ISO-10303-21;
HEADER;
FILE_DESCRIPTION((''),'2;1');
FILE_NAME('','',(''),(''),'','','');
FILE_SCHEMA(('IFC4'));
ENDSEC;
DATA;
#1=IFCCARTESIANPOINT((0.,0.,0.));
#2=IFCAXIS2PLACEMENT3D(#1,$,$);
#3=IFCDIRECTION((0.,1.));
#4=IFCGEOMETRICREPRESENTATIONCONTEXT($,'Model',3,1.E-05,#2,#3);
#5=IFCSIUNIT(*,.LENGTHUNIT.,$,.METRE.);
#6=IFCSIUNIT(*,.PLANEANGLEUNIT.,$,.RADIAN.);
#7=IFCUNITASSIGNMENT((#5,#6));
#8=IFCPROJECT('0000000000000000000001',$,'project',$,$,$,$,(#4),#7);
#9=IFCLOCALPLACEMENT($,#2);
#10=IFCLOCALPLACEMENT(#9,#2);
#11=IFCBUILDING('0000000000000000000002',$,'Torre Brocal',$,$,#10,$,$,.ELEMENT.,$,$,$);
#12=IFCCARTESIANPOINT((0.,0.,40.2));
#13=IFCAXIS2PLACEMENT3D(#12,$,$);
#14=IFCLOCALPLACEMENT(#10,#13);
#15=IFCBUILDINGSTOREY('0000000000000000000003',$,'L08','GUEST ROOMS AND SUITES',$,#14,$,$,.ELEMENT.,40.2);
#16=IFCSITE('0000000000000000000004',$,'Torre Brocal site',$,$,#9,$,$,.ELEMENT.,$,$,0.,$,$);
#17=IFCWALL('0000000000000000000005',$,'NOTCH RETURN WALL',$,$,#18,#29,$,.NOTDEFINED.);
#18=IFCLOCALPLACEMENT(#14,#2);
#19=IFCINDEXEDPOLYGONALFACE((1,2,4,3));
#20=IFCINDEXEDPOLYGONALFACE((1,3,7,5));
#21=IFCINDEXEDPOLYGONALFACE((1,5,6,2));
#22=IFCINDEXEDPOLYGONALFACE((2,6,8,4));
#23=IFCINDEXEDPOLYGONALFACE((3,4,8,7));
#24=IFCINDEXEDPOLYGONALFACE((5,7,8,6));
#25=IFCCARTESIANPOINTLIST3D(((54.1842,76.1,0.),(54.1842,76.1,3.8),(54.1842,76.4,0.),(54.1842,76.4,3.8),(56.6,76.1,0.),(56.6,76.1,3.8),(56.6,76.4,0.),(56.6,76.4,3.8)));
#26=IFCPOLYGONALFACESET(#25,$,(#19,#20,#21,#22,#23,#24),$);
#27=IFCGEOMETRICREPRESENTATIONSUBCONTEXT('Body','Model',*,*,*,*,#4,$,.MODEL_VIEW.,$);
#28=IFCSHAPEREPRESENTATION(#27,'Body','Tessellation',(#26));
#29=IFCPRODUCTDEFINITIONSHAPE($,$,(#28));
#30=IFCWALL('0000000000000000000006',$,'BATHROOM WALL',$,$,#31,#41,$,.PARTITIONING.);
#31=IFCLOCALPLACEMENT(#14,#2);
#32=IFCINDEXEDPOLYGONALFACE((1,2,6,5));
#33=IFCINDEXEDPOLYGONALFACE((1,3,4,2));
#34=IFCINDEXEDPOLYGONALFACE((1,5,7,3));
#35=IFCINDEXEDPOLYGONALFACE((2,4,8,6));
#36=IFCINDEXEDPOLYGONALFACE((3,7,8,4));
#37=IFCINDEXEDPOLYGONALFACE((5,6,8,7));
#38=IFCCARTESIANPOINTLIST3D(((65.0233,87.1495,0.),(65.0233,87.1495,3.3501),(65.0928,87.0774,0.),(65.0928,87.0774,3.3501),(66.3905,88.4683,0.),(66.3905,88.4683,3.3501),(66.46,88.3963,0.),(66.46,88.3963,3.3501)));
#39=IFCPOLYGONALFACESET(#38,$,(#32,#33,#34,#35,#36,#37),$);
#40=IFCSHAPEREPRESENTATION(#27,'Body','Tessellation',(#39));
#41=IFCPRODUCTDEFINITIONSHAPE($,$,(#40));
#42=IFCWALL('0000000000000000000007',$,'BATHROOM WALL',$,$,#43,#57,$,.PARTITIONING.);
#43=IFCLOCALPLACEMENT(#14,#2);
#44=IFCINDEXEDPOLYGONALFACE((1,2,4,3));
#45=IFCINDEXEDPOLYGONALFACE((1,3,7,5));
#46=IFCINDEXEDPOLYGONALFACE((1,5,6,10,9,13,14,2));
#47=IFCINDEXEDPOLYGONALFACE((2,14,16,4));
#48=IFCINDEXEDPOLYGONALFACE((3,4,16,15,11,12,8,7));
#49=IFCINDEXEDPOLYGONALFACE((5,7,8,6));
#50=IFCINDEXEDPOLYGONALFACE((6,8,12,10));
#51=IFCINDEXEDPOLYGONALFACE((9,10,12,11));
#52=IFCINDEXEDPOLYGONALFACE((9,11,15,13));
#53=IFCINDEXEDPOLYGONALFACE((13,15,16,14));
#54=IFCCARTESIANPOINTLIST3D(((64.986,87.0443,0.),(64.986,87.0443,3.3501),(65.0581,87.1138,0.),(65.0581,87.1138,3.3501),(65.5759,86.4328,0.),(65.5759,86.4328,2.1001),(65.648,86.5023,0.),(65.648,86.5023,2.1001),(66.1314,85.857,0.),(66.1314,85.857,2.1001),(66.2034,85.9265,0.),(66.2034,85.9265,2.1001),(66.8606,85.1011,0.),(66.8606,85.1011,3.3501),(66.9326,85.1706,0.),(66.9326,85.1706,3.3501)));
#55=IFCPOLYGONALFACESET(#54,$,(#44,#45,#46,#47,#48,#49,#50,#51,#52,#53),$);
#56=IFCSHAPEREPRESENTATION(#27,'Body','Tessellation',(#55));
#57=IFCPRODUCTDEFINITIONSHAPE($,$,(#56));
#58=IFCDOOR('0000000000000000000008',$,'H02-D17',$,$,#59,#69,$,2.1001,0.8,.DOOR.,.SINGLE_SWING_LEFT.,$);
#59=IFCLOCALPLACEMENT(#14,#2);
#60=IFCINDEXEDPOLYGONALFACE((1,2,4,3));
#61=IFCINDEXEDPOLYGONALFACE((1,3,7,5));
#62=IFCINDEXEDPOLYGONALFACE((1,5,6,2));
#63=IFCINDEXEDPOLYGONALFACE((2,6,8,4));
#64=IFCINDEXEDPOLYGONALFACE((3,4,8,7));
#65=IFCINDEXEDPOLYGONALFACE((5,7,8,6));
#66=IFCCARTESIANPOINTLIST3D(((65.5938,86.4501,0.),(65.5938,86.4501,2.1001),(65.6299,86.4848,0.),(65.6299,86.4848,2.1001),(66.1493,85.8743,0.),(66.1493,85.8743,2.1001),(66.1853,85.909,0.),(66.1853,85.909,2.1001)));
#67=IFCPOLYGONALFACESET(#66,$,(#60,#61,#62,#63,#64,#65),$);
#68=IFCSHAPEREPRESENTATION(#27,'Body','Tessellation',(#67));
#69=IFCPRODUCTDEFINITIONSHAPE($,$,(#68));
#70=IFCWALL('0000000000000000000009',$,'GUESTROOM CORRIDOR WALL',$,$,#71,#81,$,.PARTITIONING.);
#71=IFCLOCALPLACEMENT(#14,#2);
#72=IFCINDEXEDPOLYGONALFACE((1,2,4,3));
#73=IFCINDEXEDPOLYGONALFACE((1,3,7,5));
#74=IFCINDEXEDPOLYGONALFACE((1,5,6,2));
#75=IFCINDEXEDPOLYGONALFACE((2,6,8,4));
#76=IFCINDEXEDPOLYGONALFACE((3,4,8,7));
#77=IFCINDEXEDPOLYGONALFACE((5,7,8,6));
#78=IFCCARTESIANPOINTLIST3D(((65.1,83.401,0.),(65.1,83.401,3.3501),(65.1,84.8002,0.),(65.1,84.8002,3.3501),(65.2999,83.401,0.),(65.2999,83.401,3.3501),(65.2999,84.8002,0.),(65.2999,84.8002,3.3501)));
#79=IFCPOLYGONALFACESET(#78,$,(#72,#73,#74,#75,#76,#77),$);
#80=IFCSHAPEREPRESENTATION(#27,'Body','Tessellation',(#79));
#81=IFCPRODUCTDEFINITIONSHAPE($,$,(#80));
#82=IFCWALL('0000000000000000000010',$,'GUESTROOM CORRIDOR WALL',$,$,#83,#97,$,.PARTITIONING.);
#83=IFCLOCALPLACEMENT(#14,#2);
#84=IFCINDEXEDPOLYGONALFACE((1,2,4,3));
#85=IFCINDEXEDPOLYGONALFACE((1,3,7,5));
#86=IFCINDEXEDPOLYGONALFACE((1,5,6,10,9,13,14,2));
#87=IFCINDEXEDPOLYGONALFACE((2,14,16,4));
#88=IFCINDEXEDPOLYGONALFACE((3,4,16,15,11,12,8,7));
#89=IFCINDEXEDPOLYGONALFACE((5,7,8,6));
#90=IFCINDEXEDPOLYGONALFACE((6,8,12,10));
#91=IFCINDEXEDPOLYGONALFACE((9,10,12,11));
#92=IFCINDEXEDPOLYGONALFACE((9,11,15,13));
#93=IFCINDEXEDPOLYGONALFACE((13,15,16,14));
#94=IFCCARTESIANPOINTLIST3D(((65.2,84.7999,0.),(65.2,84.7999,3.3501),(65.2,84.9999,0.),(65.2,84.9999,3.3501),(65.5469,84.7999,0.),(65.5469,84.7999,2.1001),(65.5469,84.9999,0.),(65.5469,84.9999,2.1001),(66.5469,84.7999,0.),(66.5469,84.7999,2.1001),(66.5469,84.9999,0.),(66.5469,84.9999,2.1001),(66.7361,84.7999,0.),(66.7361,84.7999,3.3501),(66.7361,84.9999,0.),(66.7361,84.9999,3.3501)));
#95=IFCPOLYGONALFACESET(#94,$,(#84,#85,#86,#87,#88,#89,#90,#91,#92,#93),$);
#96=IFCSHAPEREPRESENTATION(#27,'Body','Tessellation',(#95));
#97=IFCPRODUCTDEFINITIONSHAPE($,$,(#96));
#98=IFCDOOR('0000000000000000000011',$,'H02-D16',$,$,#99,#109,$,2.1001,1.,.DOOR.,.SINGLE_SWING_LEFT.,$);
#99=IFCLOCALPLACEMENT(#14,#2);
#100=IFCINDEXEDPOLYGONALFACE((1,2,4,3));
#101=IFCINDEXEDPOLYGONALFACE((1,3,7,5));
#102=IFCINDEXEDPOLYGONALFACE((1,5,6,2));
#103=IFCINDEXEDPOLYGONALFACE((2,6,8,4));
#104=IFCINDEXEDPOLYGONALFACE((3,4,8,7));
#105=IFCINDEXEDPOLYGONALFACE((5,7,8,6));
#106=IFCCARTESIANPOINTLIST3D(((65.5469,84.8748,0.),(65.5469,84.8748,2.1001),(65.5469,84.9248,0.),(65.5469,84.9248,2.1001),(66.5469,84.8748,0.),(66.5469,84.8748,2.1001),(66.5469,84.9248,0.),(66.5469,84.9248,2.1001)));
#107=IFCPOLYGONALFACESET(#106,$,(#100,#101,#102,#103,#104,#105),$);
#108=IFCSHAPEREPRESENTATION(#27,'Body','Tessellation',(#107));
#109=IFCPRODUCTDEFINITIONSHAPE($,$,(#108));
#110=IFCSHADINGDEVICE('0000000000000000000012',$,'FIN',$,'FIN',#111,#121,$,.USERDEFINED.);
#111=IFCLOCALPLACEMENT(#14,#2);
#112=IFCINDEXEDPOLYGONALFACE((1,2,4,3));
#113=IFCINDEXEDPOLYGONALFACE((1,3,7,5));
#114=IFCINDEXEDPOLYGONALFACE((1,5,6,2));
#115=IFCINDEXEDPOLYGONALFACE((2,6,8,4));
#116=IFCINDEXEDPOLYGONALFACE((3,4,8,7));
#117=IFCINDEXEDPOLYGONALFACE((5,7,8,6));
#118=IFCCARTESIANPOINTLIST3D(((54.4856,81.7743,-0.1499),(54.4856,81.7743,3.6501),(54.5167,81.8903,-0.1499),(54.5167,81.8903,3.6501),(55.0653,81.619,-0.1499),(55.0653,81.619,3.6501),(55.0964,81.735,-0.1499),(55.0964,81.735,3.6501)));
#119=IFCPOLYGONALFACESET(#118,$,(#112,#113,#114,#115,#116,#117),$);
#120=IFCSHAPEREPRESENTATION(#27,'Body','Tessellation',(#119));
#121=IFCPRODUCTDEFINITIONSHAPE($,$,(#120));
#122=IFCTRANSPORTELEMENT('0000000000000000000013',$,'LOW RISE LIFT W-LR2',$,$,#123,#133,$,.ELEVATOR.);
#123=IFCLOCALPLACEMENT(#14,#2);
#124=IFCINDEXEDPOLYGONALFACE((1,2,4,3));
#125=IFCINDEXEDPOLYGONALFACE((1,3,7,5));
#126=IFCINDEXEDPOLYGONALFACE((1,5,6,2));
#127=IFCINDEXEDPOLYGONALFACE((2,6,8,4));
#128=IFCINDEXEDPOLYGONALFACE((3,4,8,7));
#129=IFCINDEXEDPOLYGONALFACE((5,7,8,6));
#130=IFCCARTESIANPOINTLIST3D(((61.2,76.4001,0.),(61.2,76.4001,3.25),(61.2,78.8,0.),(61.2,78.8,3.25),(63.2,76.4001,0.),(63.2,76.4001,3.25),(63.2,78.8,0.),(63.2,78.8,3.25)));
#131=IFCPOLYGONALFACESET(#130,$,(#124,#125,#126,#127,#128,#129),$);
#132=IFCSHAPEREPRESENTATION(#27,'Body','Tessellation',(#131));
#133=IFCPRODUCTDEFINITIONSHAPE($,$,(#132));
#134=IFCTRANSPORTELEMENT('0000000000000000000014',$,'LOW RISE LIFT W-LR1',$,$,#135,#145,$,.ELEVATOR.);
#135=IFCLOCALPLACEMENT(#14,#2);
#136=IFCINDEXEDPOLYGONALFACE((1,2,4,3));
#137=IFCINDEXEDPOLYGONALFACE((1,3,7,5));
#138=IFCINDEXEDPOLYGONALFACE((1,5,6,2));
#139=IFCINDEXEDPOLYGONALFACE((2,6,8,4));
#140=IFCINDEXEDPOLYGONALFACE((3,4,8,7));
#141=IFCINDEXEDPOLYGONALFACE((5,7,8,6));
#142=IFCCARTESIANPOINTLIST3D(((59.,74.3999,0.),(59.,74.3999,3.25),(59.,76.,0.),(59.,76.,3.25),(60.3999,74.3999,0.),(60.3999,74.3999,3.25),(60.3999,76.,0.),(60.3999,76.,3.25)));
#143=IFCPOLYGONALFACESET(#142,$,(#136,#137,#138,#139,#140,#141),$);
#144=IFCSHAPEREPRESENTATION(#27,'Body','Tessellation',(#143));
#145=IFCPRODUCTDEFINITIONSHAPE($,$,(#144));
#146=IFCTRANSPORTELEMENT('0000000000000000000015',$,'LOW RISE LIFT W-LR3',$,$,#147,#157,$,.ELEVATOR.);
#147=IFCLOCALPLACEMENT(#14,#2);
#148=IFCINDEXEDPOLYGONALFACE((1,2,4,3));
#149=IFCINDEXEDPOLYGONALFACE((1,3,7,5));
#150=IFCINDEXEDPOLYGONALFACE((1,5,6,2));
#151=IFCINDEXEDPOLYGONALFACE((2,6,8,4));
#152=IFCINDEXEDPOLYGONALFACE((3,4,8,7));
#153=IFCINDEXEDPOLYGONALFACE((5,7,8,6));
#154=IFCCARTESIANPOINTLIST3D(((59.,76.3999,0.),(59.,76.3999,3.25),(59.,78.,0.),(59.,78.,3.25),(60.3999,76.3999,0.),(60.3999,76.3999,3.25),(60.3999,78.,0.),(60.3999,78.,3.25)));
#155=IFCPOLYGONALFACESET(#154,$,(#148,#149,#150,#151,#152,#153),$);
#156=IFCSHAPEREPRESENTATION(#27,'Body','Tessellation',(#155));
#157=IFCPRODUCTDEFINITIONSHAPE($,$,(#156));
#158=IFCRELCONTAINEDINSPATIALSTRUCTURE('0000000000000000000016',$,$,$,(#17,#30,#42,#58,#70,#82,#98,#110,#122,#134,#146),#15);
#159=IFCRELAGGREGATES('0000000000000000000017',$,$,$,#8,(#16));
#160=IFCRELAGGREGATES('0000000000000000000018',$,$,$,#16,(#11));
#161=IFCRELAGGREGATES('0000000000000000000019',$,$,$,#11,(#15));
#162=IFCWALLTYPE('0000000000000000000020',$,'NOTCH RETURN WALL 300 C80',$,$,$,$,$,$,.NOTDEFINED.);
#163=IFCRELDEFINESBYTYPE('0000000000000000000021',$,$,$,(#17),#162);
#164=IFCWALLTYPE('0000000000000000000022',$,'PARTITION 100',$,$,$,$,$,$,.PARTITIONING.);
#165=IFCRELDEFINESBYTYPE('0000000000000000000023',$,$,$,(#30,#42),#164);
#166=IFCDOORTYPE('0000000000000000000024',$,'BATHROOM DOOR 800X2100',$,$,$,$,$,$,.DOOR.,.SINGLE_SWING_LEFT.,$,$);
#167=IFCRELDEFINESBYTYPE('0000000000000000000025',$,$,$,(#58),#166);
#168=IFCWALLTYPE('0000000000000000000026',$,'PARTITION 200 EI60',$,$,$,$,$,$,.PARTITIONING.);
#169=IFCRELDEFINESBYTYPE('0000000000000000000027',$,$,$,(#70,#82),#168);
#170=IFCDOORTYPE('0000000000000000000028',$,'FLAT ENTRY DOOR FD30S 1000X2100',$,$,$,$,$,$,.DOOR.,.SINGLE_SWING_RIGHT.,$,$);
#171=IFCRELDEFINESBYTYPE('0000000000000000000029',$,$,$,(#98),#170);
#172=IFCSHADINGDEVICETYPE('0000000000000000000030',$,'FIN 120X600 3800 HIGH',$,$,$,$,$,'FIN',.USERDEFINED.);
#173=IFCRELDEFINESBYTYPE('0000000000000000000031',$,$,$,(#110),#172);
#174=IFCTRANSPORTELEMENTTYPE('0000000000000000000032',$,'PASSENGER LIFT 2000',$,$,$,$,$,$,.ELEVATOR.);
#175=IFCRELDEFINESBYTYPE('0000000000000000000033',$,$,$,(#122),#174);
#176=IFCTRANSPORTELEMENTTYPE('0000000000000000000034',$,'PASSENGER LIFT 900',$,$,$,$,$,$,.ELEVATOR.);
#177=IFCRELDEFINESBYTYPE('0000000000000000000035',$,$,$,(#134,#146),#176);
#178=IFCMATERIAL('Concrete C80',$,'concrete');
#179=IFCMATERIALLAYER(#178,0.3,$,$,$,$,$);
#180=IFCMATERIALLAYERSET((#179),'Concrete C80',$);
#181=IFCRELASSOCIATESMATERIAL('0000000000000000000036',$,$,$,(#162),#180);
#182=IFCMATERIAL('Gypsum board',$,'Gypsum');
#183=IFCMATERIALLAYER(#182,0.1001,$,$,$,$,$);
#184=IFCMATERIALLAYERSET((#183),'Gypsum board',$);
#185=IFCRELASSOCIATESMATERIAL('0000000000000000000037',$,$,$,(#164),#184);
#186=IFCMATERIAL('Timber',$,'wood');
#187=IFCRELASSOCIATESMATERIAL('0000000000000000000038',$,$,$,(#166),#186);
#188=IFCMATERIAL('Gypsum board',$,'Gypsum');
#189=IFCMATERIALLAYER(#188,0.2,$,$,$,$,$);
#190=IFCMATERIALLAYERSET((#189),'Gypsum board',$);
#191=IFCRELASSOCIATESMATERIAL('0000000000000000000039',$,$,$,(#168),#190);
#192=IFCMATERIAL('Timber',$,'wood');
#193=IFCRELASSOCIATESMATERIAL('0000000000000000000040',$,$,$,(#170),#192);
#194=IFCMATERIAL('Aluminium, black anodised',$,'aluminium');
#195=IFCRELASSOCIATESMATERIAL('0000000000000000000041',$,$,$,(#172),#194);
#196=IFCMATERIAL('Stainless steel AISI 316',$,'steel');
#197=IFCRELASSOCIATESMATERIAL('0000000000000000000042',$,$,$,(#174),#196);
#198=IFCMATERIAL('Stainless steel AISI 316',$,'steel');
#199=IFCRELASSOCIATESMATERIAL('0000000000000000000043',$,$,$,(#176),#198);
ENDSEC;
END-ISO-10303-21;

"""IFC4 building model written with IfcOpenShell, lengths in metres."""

from ifc_helpers import new_model, si_unit, direction, frame, frame_2d, origin, origin_2d, place, context, subcontext, project, spatial, rectangle, extrude, material, layer, layer_set, material_profile, profile_set, type_object, element, fill, save


model = new_model("IFC4")

# Units and contexts
model_context = context("Model", 3, precision=1e-05, world=origin(), true_north=direction((0.0, 1.0)))
body_context = subcontext(model_context, "Body", "Model", "MODEL_VIEW")
ifc_project = project(units=[si_unit("LENGTHUNIT", "METRE"), si_unit("PLANEANGLEUNIT", "RADIAN")], contexts=[model_context])

# Site, building, storey
site_placement = place(None, origin())
site = spatial("IfcSite", under=ifc_project, at=site_placement, Name="Torre Brocal site", CompositionType="ELEMENT", RefElevation=0.0)
building_placement = place(site_placement, origin())
building = spatial("IfcBuilding", under=site, at=building_placement, Name="Torre Brocal", CompositionType="ELEMENT")
storey_placement = place(building_placement, frame((0.0, 0.0, 40.2)))
storey = spatial("IfcBuildingStorey", under=building, at=storey_placement, Name="L08", Description="GUEST ROOMS AND SUITES", CompositionType="ELEMENT", Elevation=40.2)

# Walls
ifc_material_1 = material(Name="Concrete C80", Category="concrete")
ifc_layer_1 = layer(ifc_material_1, 0.3)
ifc_layer_set_1 = layer_set([ifc_layer_1], Name="Concrete C80")
wall_type_1 = type_object("IfcWallType", Name="NOTCH RETURN WALL 300 C80", PredefinedType="NOTDEFINED", material=ifc_layer_set_1)
wall_1_placement = place(storey_placement, frame((56.6001, 76.25, 0.0), z_axis=(0.0, 0.0, 1.0), x_axis=(-1.0, 0.0, 0.0)))
element("IfcWall", 1, at=wall_1_placement, inside=storey, type_object=wall_type_1, Name="NOTCH RETURN WALL", PredefinedType="NOTDEFINED", context=body_context, shape_type="SweptSolid", body=[
    extrude(rectangle(XDim=2.4158, YDim=0.3, at=frame_2d((1.208, 0.0))), origin(), (0.0, 0.0, 1.0), 3.8),
])
ifc_material_2 = material(Name="Gypsum board", Category="Gypsum")
ifc_layer_2 = layer(ifc_material_2, 0.1001)
ifc_layer_set_2 = layer_set([ifc_layer_2], Name="Gypsum board")
wall_type_2 = type_object("IfcWallType", Name="PARTITION 100", PredefinedType="PARTITIONING", material=ifc_layer_set_2)
wall_2_placement = place(storey_placement, frame((65.0581, 87.1135, 0.0), z_axis=(0.0, 0.0, 1.0), x_axis=(0.719716, 0.694269, 0.0)))
element("IfcWall", 2, at=wall_2_placement, inside=storey, type_object=wall_type_2, Name="BATHROOM WALL", PredefinedType="PARTITIONING", context=body_context, shape_type="SweptSolid", body=[
    extrude(rectangle(XDim=1.8997, YDim=0.1001, at=frame_2d((0.9497, 0.0))), origin(), (0.0, 0.0, 1.0), 3.3501),
])

# Wall, opening, door
wall_3_placement = place(storey_placement, frame((65.022, 87.0791, 0.0), z_axis=(0.0, 0.0, 1.0), x_axis=(0.694288, -0.719697, 0.0)))
wall_3 = element("IfcWall", 3, at=wall_3_placement, inside=storey, type_object=wall_type_2, Name="BATHROOM WALL", PredefinedType="PARTITIONING", context=body_context, shape_type="SweptSolid", body=[
    extrude(rectangle(XDim=2.7, YDim=0.1001, at=frame_2d((1.3501, 0.0))), origin(), (0.0, 0.0, 1.0), 3.3501),
])
opening_1_placement = place(wall_3_placement, frame((0.8499, 0.0, 0.0)))
opening_1 = element("IfcOpeningElement", 4, at=opening_1_placement, cuts=wall_3, PredefinedType="OPENING", context=body_context, shape_type="SweptSolid", body=[
    extrude(rectangle(XDim=0.8, YDim=2.1001, at=frame_2d((0.3999, 1.05))), frame((0.0, 0.0601, 0.0), z_axis=(0.0, -1.0, 0.0), x_axis=(1.0, 0.0, 0.0)), (0.0, 0.0, 1.0), 0.1201),
])
ifc_material_3 = material(Name="Timber", Category="wood")
door_type_1 = type_object("IfcDoorType", Name="BATHROOM DOOR 800X2100", OperationType="SINGLE_SWING_LEFT", PredefinedType="DOOR", material=ifc_material_3)
door_1_placement = place(opening_1_placement, origin())
door_1 = element("IfcDoor", 5, at=door_1_placement, inside=storey, type_object=door_type_1, Name="H02-D17", OperationType="SINGLE_SWING_LEFT", OverallHeight=2.1001, OverallWidth=0.8, PredefinedType="DOOR", context=body_context, shape_type="SweptSolid", body=[
    extrude(rectangle(XDim=0.8, YDim=2.1001, at=frame_2d((0.3999, 1.05))), frame((0.0, 0.0249, 0.0), z_axis=(0.0, -1.0, 0.0), x_axis=(1.0, 0.0, 0.0)), (0.0, 0.0, 1.0), 0.05),
])
fill(opening_1, door_1)

# Wall
ifc_material_4 = material(Name="Gypsum board", Category="Gypsum")
ifc_layer_3 = layer(ifc_material_4, 0.2)
ifc_layer_set_3 = layer_set([ifc_layer_3], Name="Gypsum board")
wall_type_3 = type_object("IfcWallType", Name="PARTITION 200 EI60", PredefinedType="PARTITIONING", material=ifc_layer_set_3)
wall_4_placement = place(storey_placement, frame((65.2, 83.4009, 0.0), z_axis=(0.0, 0.0, 1.0), x_axis=(0.0, 1.0, 0.0)))
element("IfcWall", 6, at=wall_4_placement, inside=storey, type_object=wall_type_3, Name="GUESTROOM CORRIDOR WALL", PredefinedType="PARTITIONING", context=body_context, shape_type="SweptSolid", body=[
    extrude(rectangle(XDim=1.3992, YDim=0.2, at=frame_2d((0.6997, 0.0))), origin(), (0.0, 0.0, 1.0), 3.3501),
])

# Wall, opening, door
wall_5_placement = place(storey_placement, frame((65.2, 84.8999, 0.0), z_axis=(0.0, 0.0, 1.0), x_axis=(1.0, 0.0, 0.0)))
wall_5 = element("IfcWall", 7, at=wall_5_placement, inside=storey, type_object=wall_type_3, Name="GUESTROOM CORRIDOR WALL", PredefinedType="PARTITIONING", context=body_context, shape_type="SweptSolid", body=[
    extrude(rectangle(XDim=1.5361, YDim=0.2, at=frame_2d((0.7681, 0.0))), origin(), (0.0, 0.0, 1.0), 3.3501),
])
opening_2_placement = place(wall_5_placement, frame((0.3469, 0.0, 0.0)))
opening_2 = element("IfcOpeningElement", 8, at=opening_2_placement, cuts=wall_5, PredefinedType="OPENING", context=body_context, shape_type="SweptSolid", body=[
    extrude(rectangle(XDim=1.0, YDim=2.1001, at=frame_2d((0.5, 1.05))), frame((0.0, 0.1099, 0.0), z_axis=(0.0, -1.0, 0.0), x_axis=(1.0, 0.0, 0.0)), (0.0, 0.0, 1.0), 0.22),
])
ifc_material_5 = material(Name="Timber", Category="wood")
door_type_2 = type_object("IfcDoorType", Name="FLAT ENTRY DOOR FD30S 1000X2100", OperationType="SINGLE_SWING_RIGHT", PredefinedType="DOOR", material=ifc_material_5)
door_2_placement = place(opening_2_placement, origin())
door_2 = element("IfcDoor", 9, at=door_2_placement, inside=storey, type_object=door_type_2, Name="H02-D16", OperationType="SINGLE_SWING_LEFT", OverallHeight=2.1001, OverallWidth=1.0, PredefinedType="DOOR", context=body_context, shape_type="SweptSolid", body=[
    extrude(rectangle(XDim=1.0, YDim=2.1001, at=frame_2d((0.5, 1.05))), frame((0.0, 0.0249, 0.0), z_axis=(0.0, -1.0, 0.0), x_axis=(1.0, 0.0, 0.0)), (0.0, 0.0, 1.0), 0.05),
])
fill(opening_2, door_2)

# Shading device
ifc_material_6 = material(Name="Aluminium, black anodised", Category="aluminium")
ifc_material_profile_1 = material_profile(ifc_material_6, rectangle(XDim=0.1201, YDim=0.6001, at=origin_2d()), Name="FIN 120X600 3800 HIGH")
ifc_profile_set_1 = profile_set([ifc_material_profile_1], Name="Aluminium, black anodised")
shading_device_type = type_object("IfcShadingDeviceType", Name="FIN 120X600 3800 HIGH", ElementType="FIN", PredefinedType="USERDEFINED", material=ifc_profile_set_1)
shading_device_placement = place(storey_placement, frame((54.791, 81.7546, -0.1499), z_axis=(0.0, 0.0, 1.0), x_axis=(-0.258819, -0.965926, 0.0)))
element("IfcShadingDevice", 10, at=shading_device_placement, inside=storey, type_object=shading_device_type, Name="FIN", ObjectType="FIN", PredefinedType="USERDEFINED", context=body_context, shape_type="SweptSolid", body=[
    extrude(rectangle(XDim=0.1201, YDim=0.6001, at=origin_2d()), origin(), (0.0, 0.0, 1.0), 3.8),
])

# Transport elements
ifc_material_7 = material(Name="Stainless steel AISI 316", Category="steel")
transport_element_type_1 = type_object("IfcTransportElementType", Name="PASSENGER LIFT 2000", PredefinedType="ELEVATOR", material=ifc_material_7)
transport_element_placement = place(storey_placement, frame((62.2, 77.6001, 0.0), z_axis=(0.0, 0.0, 1.0), x_axis=(1.0, 0.0, 0.0)))
element("IfcTransportElement", 11, at=transport_element_placement, inside=storey, type_object=transport_element_type_1, Name="LOW RISE LIFT W-LR2", PredefinedType="ELEVATOR", context=body_context, shape_type="SweptSolid", body=[
    extrude(rectangle(XDim=2.0, YDim=2.3999, at=origin_2d()), origin(), (0.0, 0.0, 1.0), 3.25),
])
ifc_material_8 = material(Name="Stainless steel AISI 316", Category="steel")
transport_element_type_2 = type_object("IfcTransportElementType", Name="PASSENGER LIFT 900", PredefinedType="ELEVATOR", material=ifc_material_8)
for number, where, z_axis, x_axis, name in (
    (12, (59.7, 75.2, 0.0), (0.0, 0.0, 1.0), (1.0, 0.0, 0.0), "LOW RISE LIFT W-LR1"),
    (13, (59.7, 77.2, 0.0), (0.0, 0.0, 1.0), (1.0, 0.0, 0.0), "LOW RISE LIFT W-LR3"),
):
    element("IfcTransportElement", number, at=place(storey_placement, frame(where, z_axis=z_axis, x_axis=x_axis)), inside=storey, type_object=transport_element_type_2, Name=name, PredefinedType="ELEVATOR", context=body_context, shape_type="SweptSolid", body=[
        extrude(rectangle(XDim=1.3999, YDim=1.6001, at=origin_2d()), origin(), (0.0, 0.0, 1.0), 3.25),
    ])

save(model, "model.ifc")
